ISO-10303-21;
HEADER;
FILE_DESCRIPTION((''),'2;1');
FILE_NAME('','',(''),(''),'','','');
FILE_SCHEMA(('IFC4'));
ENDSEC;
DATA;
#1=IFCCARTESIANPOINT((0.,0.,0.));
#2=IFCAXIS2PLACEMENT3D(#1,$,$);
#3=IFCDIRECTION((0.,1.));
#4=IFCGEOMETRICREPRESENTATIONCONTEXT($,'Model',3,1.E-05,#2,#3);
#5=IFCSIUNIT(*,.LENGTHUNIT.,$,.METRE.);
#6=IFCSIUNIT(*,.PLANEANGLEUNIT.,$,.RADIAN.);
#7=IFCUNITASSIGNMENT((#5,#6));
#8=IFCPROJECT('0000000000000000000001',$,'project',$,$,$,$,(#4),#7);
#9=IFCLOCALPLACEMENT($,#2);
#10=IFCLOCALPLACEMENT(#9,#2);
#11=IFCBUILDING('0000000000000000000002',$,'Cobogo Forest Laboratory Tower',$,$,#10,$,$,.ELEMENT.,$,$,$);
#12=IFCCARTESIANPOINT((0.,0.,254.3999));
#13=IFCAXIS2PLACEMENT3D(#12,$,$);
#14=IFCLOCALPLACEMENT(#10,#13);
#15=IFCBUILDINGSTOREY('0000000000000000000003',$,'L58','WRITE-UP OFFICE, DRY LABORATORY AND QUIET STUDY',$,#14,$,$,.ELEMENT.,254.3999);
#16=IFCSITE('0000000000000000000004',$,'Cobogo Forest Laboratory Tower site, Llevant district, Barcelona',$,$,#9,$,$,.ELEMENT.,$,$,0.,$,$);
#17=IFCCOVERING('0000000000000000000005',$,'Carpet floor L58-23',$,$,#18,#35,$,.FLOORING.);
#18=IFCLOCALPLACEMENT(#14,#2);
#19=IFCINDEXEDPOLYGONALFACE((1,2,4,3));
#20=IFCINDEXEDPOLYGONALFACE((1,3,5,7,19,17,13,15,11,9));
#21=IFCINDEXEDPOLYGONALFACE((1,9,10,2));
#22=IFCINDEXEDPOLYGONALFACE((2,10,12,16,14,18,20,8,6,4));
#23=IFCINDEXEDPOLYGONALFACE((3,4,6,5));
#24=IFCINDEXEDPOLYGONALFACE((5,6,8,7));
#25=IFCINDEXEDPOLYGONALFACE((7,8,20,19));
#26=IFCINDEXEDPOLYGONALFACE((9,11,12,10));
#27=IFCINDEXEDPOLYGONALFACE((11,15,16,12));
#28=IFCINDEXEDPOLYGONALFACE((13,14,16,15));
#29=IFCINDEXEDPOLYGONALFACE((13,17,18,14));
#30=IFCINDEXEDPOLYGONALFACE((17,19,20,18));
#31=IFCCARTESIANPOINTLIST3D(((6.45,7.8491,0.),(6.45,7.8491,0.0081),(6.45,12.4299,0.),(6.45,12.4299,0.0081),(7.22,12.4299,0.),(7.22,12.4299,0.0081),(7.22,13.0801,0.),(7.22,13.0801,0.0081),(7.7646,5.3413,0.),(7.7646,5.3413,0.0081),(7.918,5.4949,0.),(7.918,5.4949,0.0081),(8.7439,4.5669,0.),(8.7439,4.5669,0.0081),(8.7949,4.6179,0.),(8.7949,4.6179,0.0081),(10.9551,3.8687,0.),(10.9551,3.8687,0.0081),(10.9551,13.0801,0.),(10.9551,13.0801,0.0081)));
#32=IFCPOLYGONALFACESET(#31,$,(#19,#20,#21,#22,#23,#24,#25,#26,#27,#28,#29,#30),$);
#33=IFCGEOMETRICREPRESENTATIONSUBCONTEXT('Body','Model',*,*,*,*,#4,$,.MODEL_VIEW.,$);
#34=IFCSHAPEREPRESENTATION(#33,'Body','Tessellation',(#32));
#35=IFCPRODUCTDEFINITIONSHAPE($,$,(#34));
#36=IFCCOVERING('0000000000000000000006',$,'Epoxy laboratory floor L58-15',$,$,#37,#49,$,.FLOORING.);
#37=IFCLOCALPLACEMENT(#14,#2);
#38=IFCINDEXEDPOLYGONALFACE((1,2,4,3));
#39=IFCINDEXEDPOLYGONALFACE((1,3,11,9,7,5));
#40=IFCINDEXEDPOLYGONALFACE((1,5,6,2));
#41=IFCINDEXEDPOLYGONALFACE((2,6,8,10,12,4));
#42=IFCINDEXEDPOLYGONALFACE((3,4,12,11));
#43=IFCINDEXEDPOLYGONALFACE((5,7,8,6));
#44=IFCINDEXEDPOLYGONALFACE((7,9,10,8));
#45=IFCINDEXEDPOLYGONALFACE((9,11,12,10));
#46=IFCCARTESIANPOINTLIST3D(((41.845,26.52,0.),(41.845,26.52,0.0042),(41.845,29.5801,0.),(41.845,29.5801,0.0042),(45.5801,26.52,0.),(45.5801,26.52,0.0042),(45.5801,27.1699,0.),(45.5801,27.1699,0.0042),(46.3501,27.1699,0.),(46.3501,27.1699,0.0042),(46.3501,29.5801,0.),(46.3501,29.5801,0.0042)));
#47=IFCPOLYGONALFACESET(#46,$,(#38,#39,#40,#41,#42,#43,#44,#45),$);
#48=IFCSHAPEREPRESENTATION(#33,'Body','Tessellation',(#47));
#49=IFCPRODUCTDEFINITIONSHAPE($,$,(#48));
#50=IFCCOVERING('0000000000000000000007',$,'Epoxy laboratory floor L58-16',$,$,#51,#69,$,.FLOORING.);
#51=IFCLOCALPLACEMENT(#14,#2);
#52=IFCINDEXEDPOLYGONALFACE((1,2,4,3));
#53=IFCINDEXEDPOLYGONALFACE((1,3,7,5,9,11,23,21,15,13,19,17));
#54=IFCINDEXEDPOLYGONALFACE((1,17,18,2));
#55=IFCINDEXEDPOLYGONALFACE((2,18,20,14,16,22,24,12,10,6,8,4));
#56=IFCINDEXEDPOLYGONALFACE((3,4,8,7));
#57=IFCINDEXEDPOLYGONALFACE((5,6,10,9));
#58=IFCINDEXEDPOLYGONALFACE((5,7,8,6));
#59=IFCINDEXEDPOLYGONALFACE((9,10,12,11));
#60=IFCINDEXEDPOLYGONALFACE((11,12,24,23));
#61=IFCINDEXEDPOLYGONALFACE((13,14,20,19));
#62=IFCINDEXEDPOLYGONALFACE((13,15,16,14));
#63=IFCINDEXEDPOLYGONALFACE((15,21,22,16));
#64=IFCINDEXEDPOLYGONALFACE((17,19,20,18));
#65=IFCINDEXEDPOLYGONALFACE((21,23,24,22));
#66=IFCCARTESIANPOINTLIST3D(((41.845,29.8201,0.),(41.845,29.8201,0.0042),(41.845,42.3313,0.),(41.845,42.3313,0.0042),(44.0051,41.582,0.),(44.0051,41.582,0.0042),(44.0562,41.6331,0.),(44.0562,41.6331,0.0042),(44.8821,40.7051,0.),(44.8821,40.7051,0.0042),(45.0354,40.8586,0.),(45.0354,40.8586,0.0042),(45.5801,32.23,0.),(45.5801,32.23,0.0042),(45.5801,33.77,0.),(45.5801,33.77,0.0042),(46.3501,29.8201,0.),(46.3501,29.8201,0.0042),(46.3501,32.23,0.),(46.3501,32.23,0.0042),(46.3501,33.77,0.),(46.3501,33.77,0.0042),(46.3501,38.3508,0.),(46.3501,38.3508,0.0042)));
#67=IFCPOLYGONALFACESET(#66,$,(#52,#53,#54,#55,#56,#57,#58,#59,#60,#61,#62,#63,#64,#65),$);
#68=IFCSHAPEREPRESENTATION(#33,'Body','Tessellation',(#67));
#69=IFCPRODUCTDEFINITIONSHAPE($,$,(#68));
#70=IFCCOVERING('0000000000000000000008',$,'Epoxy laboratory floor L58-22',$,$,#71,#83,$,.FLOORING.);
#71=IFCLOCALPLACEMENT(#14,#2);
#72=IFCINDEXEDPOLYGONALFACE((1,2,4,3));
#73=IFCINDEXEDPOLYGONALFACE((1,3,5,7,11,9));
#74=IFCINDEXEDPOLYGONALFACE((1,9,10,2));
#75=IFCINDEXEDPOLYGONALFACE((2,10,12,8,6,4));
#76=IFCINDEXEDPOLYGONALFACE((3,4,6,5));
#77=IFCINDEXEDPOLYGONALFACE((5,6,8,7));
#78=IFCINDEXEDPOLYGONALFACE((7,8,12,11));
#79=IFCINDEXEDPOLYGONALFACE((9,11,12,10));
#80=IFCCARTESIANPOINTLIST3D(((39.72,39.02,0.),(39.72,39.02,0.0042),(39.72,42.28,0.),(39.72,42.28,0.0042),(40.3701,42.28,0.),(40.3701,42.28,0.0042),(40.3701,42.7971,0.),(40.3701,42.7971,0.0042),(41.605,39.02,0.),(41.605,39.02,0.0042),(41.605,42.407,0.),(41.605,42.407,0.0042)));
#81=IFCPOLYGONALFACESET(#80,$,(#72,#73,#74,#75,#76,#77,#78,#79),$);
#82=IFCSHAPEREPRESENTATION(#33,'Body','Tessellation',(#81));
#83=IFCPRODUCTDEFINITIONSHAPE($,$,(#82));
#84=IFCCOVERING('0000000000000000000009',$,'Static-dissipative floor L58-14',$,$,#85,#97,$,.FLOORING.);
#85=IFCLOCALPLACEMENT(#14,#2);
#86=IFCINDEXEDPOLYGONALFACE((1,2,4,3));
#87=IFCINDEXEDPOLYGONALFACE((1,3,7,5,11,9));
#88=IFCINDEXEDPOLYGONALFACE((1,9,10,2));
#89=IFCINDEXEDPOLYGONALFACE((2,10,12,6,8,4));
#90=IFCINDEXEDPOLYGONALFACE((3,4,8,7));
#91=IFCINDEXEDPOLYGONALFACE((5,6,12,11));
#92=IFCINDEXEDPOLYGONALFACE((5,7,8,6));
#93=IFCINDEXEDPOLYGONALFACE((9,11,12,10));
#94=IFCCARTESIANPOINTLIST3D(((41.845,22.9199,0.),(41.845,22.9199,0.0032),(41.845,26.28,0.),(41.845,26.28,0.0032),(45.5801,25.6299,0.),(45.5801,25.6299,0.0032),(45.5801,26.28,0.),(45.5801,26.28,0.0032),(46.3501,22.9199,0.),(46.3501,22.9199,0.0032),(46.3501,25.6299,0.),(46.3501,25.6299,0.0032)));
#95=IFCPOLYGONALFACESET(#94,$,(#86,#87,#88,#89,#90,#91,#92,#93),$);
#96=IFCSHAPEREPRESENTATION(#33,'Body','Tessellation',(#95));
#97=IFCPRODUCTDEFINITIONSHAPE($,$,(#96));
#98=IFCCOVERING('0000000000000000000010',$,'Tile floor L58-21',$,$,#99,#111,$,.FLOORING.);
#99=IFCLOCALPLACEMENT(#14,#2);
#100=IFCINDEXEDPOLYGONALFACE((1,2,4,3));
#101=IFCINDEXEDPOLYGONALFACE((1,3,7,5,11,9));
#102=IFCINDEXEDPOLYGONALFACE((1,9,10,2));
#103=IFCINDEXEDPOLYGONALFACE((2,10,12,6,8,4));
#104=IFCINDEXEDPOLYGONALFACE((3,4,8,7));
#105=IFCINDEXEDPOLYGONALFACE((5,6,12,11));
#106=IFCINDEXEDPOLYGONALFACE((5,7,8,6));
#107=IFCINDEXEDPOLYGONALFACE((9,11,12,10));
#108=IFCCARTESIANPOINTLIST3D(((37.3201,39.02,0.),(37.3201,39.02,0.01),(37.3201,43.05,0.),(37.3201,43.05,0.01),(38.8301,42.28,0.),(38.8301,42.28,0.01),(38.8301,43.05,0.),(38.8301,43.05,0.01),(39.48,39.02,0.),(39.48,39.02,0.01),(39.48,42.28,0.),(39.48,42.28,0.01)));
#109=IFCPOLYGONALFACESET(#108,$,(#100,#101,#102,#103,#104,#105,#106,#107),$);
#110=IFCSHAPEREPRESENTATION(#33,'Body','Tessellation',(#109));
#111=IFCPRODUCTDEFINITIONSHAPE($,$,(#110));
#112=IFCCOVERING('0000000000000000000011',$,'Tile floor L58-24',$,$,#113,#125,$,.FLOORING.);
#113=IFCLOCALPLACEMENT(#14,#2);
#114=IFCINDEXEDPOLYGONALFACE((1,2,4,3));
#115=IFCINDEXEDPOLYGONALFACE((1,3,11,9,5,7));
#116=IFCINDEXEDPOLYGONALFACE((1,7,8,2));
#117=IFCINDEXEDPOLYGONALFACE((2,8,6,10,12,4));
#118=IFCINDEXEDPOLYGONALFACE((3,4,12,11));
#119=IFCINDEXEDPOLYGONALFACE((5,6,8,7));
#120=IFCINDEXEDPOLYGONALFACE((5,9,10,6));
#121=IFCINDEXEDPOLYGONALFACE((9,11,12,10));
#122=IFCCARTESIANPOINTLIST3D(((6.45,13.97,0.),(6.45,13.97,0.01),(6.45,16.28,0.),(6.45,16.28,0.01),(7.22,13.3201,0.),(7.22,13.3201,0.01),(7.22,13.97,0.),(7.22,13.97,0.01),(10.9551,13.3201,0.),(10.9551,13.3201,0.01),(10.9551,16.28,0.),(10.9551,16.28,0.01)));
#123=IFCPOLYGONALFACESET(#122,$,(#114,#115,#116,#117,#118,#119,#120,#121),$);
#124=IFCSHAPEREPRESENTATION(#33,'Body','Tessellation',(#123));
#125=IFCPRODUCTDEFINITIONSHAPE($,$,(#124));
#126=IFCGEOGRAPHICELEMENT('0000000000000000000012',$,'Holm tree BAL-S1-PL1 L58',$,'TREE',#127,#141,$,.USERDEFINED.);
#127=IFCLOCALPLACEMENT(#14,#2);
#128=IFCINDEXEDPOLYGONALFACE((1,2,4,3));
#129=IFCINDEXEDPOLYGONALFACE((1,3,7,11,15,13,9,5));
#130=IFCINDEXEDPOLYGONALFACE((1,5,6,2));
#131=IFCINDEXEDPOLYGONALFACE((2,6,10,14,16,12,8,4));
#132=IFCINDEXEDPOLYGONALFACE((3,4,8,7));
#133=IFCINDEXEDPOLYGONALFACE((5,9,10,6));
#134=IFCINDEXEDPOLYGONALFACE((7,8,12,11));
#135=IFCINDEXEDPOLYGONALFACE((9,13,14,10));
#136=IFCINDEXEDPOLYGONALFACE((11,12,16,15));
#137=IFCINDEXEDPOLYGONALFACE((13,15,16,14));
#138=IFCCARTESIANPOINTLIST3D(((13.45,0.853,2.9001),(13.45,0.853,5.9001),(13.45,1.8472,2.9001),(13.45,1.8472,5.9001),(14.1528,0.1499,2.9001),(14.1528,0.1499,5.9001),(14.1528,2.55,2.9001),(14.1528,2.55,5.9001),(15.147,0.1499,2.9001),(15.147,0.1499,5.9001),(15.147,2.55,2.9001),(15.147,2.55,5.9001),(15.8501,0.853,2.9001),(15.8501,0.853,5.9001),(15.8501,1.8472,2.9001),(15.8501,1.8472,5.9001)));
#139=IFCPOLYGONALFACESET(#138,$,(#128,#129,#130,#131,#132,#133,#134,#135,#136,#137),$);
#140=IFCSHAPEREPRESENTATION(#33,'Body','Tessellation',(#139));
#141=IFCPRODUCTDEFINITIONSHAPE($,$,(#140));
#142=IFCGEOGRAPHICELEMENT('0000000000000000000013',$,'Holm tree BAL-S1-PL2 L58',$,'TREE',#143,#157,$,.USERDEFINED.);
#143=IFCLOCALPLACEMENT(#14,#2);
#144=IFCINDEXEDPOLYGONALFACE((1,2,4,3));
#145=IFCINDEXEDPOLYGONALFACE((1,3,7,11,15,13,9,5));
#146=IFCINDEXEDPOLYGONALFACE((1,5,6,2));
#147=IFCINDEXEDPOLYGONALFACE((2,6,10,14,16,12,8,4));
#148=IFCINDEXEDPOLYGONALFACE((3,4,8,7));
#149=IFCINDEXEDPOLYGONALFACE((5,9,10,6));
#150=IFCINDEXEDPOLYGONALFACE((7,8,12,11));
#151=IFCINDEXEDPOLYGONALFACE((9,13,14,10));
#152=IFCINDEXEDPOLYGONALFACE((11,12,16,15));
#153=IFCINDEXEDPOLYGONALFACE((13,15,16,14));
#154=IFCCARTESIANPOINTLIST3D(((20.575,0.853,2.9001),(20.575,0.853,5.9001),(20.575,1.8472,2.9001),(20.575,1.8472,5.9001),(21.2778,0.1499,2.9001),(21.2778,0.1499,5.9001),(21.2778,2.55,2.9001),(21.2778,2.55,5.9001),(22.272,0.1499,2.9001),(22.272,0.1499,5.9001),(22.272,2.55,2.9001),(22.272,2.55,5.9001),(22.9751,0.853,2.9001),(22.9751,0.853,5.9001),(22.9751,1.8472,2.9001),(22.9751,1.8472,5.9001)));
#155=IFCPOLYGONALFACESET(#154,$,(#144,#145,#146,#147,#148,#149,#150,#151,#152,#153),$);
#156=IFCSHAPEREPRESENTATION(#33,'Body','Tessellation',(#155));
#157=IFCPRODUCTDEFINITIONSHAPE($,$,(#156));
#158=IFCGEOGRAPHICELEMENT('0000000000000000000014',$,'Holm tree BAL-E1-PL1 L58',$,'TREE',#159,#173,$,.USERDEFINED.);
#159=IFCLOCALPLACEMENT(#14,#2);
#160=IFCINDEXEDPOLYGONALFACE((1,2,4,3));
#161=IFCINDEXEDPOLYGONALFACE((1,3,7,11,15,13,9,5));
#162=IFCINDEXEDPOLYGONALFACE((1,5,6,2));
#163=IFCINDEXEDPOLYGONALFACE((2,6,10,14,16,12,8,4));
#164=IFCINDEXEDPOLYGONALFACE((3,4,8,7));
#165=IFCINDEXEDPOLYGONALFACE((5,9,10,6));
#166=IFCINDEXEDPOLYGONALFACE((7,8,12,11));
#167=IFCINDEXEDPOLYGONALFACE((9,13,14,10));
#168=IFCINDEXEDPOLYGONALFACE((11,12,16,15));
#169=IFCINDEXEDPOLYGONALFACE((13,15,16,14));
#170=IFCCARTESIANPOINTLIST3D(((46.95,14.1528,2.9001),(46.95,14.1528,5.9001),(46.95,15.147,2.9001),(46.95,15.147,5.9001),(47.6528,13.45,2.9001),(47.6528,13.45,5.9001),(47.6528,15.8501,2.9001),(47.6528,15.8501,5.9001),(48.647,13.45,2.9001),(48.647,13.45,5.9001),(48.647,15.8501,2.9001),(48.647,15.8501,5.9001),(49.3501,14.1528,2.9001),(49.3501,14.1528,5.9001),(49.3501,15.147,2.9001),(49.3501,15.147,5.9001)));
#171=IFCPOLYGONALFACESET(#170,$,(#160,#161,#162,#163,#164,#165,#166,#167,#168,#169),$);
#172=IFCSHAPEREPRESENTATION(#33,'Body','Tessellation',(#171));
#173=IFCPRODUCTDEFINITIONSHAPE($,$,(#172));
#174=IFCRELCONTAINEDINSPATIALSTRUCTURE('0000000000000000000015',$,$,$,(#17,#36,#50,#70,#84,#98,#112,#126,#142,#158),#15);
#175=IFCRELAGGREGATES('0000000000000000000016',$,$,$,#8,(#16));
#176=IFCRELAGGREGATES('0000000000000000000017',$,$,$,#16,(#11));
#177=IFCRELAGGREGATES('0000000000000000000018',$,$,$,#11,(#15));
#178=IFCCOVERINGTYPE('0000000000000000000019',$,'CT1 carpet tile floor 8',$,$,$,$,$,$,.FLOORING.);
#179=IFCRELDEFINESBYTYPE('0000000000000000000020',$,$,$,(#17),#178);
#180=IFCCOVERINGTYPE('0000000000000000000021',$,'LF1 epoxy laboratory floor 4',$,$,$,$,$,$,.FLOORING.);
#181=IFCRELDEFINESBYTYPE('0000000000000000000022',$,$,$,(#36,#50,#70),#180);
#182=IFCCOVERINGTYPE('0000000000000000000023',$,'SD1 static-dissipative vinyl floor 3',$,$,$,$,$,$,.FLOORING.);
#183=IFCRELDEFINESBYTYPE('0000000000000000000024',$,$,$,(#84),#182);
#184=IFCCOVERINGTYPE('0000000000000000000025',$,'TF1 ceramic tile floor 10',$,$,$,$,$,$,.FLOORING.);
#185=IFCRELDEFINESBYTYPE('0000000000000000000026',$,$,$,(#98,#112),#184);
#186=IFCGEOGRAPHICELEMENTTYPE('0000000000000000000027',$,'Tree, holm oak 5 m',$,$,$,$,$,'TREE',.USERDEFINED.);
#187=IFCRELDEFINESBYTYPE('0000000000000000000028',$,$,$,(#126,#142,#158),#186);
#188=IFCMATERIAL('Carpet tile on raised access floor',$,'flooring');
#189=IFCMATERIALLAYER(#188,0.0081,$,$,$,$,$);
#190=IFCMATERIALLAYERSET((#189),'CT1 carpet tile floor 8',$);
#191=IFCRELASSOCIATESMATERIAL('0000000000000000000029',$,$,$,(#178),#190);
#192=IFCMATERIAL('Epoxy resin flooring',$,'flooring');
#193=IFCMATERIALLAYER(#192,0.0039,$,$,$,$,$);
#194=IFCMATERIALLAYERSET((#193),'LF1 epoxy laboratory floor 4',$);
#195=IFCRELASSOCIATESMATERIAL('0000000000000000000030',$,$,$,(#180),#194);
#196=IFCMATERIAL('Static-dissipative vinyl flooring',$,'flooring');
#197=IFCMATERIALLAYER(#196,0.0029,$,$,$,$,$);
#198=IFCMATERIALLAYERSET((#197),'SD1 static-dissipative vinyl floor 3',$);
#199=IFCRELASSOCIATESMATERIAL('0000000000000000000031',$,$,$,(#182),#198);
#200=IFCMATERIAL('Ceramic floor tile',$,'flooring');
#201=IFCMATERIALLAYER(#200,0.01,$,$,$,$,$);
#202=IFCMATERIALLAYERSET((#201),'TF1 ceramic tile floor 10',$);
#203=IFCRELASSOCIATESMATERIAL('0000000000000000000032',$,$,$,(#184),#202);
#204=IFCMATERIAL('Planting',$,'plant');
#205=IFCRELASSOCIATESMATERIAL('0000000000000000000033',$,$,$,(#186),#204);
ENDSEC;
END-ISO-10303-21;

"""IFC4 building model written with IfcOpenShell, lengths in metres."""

from ifc_helpers import new_model, si_unit, direction, frame, origin, place, context, subcontext, project, spatial, polyline, outline, extrude, material, layer, layer_set, type_object, element, save


model = new_model("IFC4")

# Units and contexts
model_context = context("Model", 3, precision=1e-05, world=origin(), true_north=direction((0.0, 1.0)))
body_context = subcontext(model_context, "Body", "Model", "MODEL_VIEW")
ifc_project = project(units=[si_unit("LENGTHUNIT", "METRE"), si_unit("PLANEANGLEUNIT", "RADIAN")], contexts=[model_context])

# Site, building, storey
site_placement = place(None, origin())
site = spatial("IfcSite", under=ifc_project, at=site_placement, Name="Cobogo Forest Laboratory Tower site, Llevant district, Barcelona", CompositionType="ELEMENT", RefElevation=0.0)
building_placement = place(site_placement, origin())
building = spatial("IfcBuilding", under=site, at=building_placement, Name="Cobogo Forest Laboratory Tower", CompositionType="ELEMENT")
storey_placement = place(building_placement, frame((0.0, 0.0, 254.3999)))
storey = spatial("IfcBuildingStorey", under=building, at=storey_placement, Name="L58", Description="WRITE-UP OFFICE, DRY LABORATORY AND QUIET STUDY", CompositionType="ELEMENT", Elevation=254.3999)

# Coverings
ifc_material_1 = material(Name="Carpet tile on raised access floor", Category="flooring")
ifc_layer_1 = layer(ifc_material_1, 0.0081)
ifc_layer_set_1 = layer_set([ifc_layer_1], Name="CT1 carpet tile floor 8")
covering_type_1 = type_object("IfcCoveringType", Name="CT1 carpet tile floor 8", PredefinedType="FLOORING", material=ifc_layer_set_1)
covering_1_placement = place(storey_placement, origin())
element("IfcCovering", 1, at=covering_1_placement, inside=storey, type_object=covering_type_1, Name="Carpet floor L58-23", PredefinedType="FLOORING", context=body_context, shape_type="SweptSolid", body=[
    extrude(outline(polyline([(8.7439, 4.5669), (8.7949, 4.6179), (7.918, 5.4949), (7.7646, 5.3413), (6.45, 7.8491), (6.45, 12.4299), (7.22, 12.4299), (7.22, 13.0801), (10.9551, 13.0801), (10.9551, 3.8687), (8.7439, 4.5669)])), origin(), (0.0, 0.0, 1.0), 0.0081),
])
ifc_material_2 = material(Name="Epoxy resin flooring", Category="flooring")
ifc_layer_2 = layer(ifc_material_2, 0.0039)
ifc_layer_set_2 = layer_set([ifc_layer_2], Name="LF1 epoxy laboratory floor 4")
covering_type_2 = type_object("IfcCoveringType", Name="LF1 epoxy laboratory floor 4", PredefinedType="FLOORING", material=ifc_layer_set_2)
covering_2_placement = place(storey_placement, origin())
element("IfcCovering", 2, at=covering_2_placement, inside=storey, type_object=covering_type_2, Name="Epoxy laboratory floor L58-15", PredefinedType="FLOORING", context=body_context, shape_type="SweptSolid", body=[
    extrude(outline(polyline([(41.845, 29.5801), (46.3501, 29.5801), (46.3501, 27.1699), (45.5801, 27.1699), (45.5801, 26.52), (41.845, 26.52), (41.845, 29.5801)])), origin(), (0.0, 0.0, 1.0), 0.0042),
])
covering_3_placement = place(storey_placement, origin())
element("IfcCovering", 3, at=covering_3_placement, inside=storey, type_object=covering_type_2, Name="Epoxy laboratory floor L58-16", PredefinedType="FLOORING", context=body_context, shape_type="SweptSolid", body=[
    extrude(outline(polyline([(41.845, 42.3313), (44.0562, 41.6331), (44.0051, 41.582), (44.8821, 40.7051), (45.0354, 40.8586), (46.3501, 38.3508), (46.3501, 33.77), (45.5801, 33.77), (45.5801, 32.23), (46.3501, 32.23), (46.3501, 29.8201), (41.845, 29.8201), (41.845, 42.3313)])), origin(), (0.0, 0.0, 1.0), 0.0042),
])
covering_4_placement = place(storey_placement, origin())
element("IfcCovering", 4, at=covering_4_placement, inside=storey, type_object=covering_type_2, Name="Epoxy laboratory floor L58-22", PredefinedType="FLOORING", context=body_context, shape_type="SweptSolid", body=[
    extrude(outline(polyline([(39.72, 39.02), (39.72, 42.28), (40.3701, 42.28), (40.3701, 42.7971), (41.605, 42.407), (41.605, 39.02), (39.72, 39.02)])), origin(), (0.0, 0.0, 1.0), 0.0042),
])
ifc_material_3 = material(Name="Static-dissipative vinyl flooring", Category="flooring")
ifc_layer_3 = layer(ifc_material_3, 0.0029)
ifc_layer_set_3 = layer_set([ifc_layer_3], Name="SD1 static-dissipative vinyl floor 3")
covering_type_3 = type_object("IfcCoveringType", Name="SD1 static-dissipative vinyl floor 3", PredefinedType="FLOORING", material=ifc_layer_set_3)
covering_5_placement = place(storey_placement, origin())
element("IfcCovering", 5, at=covering_5_placement, inside=storey, type_object=covering_type_3, Name="Static-dissipative floor L58-14", PredefinedType="FLOORING", context=body_context, shape_type="SweptSolid", body=[
    extrude(outline(polyline([(41.845, 26.28), (45.5801, 26.28), (45.5801, 25.6299), (46.3501, 25.6299), (46.3501, 22.9199), (41.845, 22.9199), (41.845, 26.28)])), origin(), (0.0, 0.0, 1.0), 0.0032),
])
ifc_material_4 = material(Name="Ceramic floor tile", Category="flooring")
ifc_layer_4 = layer(ifc_material_4, 0.01)
ifc_layer_set_4 = layer_set([ifc_layer_4], Name="TF1 ceramic tile floor 10")
covering_type_4 = type_object("IfcCoveringType", Name="TF1 ceramic tile floor 10", PredefinedType="FLOORING", material=ifc_layer_set_4)
covering_6_placement = place(storey_placement, origin())
element("IfcCovering", 6, at=covering_6_placement, inside=storey, type_object=covering_type_4, Name="Tile floor L58-21", PredefinedType="FLOORING", context=body_context, shape_type="SweptSolid", body=[
    extrude(outline(polyline([(37.3201, 39.02), (37.3201, 43.05), (38.8301, 43.05), (38.8301, 42.28), (39.48, 42.28), (39.48, 39.02), (37.3201, 39.02)])), origin(), (0.0, 0.0, 1.0), 0.01),
])
covering_7_placement = place(storey_placement, origin())
element("IfcCovering", 7, at=covering_7_placement, inside=storey, type_object=covering_type_4, Name="Tile floor L58-24", PredefinedType="FLOORING", context=body_context, shape_type="SweptSolid", body=[
    extrude(outline(polyline([(10.9551, 13.3201), (7.22, 13.3201), (7.22, 13.97), (6.45, 13.97), (6.45, 16.28), (10.9551, 16.28), (10.9551, 13.3201)])), origin(), (0.0, 0.0, 1.0), 0.01),
])

# Geographic elements
ifc_material_5 = material(Name="Planting", Category="plant")
geographic_element_type = type_object("IfcGeographicElementType", Name="Tree, holm oak 5 m", ElementType="TREE", PredefinedType="USERDEFINED", material=ifc_material_5)
geographic_element_1_placement = place(storey_placement, frame((0.0, 0.0, 2.9001)))
element("IfcGeographicElement", 8, at=geographic_element_1_placement, inside=storey, type_object=geographic_element_type, Name="Holm tree BAL-S1-PL1 L58", ObjectType="TREE", PredefinedType="USERDEFINED", context=body_context, shape_type="SweptSolid", body=[
    extrude(outline(polyline([(15.8501, 0.853), (15.8501, 1.8472), (15.147, 2.55), (14.1528, 2.55), (13.45, 1.8472), (13.45, 0.853), (14.1528, 0.1499), (15.147, 0.1499), (15.8501, 0.853)])), origin(), (0.0, 0.0, 1.0), 3.0),
])
geographic_element_2_placement = place(storey_placement, frame((0.0, 0.0, 2.9001)))
element("IfcGeographicElement", 9, at=geographic_element_2_placement, inside=storey, type_object=geographic_element_type, Name="Holm tree BAL-S1-PL2 L58", ObjectType="TREE", PredefinedType="USERDEFINED", context=body_context, shape_type="SweptSolid", body=[
    extrude(outline(polyline([(22.9751, 0.853), (22.9751, 1.8472), (22.272, 2.55), (21.2778, 2.55), (20.575, 1.8472), (20.575, 0.853), (21.2778, 0.1499), (22.272, 0.1499), (22.9751, 0.853)])), origin(), (0.0, 0.0, 1.0), 3.0),
])
geographic_element_3_placement = place(storey_placement, frame((0.0, 0.0, 2.9001)))
element("IfcGeographicElement", 10, at=geographic_element_3_placement, inside=storey, type_object=geographic_element_type, Name="Holm tree BAL-E1-PL1 L58", ObjectType="TREE", PredefinedType="USERDEFINED", context=body_context, shape_type="SweptSolid", body=[
    extrude(outline(polyline([(49.3501, 14.1528), (49.3501, 15.147), (48.647, 15.8501), (47.6528, 15.8501), (46.95, 15.147), (46.95, 14.1528), (47.6528, 13.45), (48.647, 13.45), (49.3501, 14.1528)])), origin(), (0.0, 0.0, 1.0), 3.0),
])

save(model, "model.ifc")
